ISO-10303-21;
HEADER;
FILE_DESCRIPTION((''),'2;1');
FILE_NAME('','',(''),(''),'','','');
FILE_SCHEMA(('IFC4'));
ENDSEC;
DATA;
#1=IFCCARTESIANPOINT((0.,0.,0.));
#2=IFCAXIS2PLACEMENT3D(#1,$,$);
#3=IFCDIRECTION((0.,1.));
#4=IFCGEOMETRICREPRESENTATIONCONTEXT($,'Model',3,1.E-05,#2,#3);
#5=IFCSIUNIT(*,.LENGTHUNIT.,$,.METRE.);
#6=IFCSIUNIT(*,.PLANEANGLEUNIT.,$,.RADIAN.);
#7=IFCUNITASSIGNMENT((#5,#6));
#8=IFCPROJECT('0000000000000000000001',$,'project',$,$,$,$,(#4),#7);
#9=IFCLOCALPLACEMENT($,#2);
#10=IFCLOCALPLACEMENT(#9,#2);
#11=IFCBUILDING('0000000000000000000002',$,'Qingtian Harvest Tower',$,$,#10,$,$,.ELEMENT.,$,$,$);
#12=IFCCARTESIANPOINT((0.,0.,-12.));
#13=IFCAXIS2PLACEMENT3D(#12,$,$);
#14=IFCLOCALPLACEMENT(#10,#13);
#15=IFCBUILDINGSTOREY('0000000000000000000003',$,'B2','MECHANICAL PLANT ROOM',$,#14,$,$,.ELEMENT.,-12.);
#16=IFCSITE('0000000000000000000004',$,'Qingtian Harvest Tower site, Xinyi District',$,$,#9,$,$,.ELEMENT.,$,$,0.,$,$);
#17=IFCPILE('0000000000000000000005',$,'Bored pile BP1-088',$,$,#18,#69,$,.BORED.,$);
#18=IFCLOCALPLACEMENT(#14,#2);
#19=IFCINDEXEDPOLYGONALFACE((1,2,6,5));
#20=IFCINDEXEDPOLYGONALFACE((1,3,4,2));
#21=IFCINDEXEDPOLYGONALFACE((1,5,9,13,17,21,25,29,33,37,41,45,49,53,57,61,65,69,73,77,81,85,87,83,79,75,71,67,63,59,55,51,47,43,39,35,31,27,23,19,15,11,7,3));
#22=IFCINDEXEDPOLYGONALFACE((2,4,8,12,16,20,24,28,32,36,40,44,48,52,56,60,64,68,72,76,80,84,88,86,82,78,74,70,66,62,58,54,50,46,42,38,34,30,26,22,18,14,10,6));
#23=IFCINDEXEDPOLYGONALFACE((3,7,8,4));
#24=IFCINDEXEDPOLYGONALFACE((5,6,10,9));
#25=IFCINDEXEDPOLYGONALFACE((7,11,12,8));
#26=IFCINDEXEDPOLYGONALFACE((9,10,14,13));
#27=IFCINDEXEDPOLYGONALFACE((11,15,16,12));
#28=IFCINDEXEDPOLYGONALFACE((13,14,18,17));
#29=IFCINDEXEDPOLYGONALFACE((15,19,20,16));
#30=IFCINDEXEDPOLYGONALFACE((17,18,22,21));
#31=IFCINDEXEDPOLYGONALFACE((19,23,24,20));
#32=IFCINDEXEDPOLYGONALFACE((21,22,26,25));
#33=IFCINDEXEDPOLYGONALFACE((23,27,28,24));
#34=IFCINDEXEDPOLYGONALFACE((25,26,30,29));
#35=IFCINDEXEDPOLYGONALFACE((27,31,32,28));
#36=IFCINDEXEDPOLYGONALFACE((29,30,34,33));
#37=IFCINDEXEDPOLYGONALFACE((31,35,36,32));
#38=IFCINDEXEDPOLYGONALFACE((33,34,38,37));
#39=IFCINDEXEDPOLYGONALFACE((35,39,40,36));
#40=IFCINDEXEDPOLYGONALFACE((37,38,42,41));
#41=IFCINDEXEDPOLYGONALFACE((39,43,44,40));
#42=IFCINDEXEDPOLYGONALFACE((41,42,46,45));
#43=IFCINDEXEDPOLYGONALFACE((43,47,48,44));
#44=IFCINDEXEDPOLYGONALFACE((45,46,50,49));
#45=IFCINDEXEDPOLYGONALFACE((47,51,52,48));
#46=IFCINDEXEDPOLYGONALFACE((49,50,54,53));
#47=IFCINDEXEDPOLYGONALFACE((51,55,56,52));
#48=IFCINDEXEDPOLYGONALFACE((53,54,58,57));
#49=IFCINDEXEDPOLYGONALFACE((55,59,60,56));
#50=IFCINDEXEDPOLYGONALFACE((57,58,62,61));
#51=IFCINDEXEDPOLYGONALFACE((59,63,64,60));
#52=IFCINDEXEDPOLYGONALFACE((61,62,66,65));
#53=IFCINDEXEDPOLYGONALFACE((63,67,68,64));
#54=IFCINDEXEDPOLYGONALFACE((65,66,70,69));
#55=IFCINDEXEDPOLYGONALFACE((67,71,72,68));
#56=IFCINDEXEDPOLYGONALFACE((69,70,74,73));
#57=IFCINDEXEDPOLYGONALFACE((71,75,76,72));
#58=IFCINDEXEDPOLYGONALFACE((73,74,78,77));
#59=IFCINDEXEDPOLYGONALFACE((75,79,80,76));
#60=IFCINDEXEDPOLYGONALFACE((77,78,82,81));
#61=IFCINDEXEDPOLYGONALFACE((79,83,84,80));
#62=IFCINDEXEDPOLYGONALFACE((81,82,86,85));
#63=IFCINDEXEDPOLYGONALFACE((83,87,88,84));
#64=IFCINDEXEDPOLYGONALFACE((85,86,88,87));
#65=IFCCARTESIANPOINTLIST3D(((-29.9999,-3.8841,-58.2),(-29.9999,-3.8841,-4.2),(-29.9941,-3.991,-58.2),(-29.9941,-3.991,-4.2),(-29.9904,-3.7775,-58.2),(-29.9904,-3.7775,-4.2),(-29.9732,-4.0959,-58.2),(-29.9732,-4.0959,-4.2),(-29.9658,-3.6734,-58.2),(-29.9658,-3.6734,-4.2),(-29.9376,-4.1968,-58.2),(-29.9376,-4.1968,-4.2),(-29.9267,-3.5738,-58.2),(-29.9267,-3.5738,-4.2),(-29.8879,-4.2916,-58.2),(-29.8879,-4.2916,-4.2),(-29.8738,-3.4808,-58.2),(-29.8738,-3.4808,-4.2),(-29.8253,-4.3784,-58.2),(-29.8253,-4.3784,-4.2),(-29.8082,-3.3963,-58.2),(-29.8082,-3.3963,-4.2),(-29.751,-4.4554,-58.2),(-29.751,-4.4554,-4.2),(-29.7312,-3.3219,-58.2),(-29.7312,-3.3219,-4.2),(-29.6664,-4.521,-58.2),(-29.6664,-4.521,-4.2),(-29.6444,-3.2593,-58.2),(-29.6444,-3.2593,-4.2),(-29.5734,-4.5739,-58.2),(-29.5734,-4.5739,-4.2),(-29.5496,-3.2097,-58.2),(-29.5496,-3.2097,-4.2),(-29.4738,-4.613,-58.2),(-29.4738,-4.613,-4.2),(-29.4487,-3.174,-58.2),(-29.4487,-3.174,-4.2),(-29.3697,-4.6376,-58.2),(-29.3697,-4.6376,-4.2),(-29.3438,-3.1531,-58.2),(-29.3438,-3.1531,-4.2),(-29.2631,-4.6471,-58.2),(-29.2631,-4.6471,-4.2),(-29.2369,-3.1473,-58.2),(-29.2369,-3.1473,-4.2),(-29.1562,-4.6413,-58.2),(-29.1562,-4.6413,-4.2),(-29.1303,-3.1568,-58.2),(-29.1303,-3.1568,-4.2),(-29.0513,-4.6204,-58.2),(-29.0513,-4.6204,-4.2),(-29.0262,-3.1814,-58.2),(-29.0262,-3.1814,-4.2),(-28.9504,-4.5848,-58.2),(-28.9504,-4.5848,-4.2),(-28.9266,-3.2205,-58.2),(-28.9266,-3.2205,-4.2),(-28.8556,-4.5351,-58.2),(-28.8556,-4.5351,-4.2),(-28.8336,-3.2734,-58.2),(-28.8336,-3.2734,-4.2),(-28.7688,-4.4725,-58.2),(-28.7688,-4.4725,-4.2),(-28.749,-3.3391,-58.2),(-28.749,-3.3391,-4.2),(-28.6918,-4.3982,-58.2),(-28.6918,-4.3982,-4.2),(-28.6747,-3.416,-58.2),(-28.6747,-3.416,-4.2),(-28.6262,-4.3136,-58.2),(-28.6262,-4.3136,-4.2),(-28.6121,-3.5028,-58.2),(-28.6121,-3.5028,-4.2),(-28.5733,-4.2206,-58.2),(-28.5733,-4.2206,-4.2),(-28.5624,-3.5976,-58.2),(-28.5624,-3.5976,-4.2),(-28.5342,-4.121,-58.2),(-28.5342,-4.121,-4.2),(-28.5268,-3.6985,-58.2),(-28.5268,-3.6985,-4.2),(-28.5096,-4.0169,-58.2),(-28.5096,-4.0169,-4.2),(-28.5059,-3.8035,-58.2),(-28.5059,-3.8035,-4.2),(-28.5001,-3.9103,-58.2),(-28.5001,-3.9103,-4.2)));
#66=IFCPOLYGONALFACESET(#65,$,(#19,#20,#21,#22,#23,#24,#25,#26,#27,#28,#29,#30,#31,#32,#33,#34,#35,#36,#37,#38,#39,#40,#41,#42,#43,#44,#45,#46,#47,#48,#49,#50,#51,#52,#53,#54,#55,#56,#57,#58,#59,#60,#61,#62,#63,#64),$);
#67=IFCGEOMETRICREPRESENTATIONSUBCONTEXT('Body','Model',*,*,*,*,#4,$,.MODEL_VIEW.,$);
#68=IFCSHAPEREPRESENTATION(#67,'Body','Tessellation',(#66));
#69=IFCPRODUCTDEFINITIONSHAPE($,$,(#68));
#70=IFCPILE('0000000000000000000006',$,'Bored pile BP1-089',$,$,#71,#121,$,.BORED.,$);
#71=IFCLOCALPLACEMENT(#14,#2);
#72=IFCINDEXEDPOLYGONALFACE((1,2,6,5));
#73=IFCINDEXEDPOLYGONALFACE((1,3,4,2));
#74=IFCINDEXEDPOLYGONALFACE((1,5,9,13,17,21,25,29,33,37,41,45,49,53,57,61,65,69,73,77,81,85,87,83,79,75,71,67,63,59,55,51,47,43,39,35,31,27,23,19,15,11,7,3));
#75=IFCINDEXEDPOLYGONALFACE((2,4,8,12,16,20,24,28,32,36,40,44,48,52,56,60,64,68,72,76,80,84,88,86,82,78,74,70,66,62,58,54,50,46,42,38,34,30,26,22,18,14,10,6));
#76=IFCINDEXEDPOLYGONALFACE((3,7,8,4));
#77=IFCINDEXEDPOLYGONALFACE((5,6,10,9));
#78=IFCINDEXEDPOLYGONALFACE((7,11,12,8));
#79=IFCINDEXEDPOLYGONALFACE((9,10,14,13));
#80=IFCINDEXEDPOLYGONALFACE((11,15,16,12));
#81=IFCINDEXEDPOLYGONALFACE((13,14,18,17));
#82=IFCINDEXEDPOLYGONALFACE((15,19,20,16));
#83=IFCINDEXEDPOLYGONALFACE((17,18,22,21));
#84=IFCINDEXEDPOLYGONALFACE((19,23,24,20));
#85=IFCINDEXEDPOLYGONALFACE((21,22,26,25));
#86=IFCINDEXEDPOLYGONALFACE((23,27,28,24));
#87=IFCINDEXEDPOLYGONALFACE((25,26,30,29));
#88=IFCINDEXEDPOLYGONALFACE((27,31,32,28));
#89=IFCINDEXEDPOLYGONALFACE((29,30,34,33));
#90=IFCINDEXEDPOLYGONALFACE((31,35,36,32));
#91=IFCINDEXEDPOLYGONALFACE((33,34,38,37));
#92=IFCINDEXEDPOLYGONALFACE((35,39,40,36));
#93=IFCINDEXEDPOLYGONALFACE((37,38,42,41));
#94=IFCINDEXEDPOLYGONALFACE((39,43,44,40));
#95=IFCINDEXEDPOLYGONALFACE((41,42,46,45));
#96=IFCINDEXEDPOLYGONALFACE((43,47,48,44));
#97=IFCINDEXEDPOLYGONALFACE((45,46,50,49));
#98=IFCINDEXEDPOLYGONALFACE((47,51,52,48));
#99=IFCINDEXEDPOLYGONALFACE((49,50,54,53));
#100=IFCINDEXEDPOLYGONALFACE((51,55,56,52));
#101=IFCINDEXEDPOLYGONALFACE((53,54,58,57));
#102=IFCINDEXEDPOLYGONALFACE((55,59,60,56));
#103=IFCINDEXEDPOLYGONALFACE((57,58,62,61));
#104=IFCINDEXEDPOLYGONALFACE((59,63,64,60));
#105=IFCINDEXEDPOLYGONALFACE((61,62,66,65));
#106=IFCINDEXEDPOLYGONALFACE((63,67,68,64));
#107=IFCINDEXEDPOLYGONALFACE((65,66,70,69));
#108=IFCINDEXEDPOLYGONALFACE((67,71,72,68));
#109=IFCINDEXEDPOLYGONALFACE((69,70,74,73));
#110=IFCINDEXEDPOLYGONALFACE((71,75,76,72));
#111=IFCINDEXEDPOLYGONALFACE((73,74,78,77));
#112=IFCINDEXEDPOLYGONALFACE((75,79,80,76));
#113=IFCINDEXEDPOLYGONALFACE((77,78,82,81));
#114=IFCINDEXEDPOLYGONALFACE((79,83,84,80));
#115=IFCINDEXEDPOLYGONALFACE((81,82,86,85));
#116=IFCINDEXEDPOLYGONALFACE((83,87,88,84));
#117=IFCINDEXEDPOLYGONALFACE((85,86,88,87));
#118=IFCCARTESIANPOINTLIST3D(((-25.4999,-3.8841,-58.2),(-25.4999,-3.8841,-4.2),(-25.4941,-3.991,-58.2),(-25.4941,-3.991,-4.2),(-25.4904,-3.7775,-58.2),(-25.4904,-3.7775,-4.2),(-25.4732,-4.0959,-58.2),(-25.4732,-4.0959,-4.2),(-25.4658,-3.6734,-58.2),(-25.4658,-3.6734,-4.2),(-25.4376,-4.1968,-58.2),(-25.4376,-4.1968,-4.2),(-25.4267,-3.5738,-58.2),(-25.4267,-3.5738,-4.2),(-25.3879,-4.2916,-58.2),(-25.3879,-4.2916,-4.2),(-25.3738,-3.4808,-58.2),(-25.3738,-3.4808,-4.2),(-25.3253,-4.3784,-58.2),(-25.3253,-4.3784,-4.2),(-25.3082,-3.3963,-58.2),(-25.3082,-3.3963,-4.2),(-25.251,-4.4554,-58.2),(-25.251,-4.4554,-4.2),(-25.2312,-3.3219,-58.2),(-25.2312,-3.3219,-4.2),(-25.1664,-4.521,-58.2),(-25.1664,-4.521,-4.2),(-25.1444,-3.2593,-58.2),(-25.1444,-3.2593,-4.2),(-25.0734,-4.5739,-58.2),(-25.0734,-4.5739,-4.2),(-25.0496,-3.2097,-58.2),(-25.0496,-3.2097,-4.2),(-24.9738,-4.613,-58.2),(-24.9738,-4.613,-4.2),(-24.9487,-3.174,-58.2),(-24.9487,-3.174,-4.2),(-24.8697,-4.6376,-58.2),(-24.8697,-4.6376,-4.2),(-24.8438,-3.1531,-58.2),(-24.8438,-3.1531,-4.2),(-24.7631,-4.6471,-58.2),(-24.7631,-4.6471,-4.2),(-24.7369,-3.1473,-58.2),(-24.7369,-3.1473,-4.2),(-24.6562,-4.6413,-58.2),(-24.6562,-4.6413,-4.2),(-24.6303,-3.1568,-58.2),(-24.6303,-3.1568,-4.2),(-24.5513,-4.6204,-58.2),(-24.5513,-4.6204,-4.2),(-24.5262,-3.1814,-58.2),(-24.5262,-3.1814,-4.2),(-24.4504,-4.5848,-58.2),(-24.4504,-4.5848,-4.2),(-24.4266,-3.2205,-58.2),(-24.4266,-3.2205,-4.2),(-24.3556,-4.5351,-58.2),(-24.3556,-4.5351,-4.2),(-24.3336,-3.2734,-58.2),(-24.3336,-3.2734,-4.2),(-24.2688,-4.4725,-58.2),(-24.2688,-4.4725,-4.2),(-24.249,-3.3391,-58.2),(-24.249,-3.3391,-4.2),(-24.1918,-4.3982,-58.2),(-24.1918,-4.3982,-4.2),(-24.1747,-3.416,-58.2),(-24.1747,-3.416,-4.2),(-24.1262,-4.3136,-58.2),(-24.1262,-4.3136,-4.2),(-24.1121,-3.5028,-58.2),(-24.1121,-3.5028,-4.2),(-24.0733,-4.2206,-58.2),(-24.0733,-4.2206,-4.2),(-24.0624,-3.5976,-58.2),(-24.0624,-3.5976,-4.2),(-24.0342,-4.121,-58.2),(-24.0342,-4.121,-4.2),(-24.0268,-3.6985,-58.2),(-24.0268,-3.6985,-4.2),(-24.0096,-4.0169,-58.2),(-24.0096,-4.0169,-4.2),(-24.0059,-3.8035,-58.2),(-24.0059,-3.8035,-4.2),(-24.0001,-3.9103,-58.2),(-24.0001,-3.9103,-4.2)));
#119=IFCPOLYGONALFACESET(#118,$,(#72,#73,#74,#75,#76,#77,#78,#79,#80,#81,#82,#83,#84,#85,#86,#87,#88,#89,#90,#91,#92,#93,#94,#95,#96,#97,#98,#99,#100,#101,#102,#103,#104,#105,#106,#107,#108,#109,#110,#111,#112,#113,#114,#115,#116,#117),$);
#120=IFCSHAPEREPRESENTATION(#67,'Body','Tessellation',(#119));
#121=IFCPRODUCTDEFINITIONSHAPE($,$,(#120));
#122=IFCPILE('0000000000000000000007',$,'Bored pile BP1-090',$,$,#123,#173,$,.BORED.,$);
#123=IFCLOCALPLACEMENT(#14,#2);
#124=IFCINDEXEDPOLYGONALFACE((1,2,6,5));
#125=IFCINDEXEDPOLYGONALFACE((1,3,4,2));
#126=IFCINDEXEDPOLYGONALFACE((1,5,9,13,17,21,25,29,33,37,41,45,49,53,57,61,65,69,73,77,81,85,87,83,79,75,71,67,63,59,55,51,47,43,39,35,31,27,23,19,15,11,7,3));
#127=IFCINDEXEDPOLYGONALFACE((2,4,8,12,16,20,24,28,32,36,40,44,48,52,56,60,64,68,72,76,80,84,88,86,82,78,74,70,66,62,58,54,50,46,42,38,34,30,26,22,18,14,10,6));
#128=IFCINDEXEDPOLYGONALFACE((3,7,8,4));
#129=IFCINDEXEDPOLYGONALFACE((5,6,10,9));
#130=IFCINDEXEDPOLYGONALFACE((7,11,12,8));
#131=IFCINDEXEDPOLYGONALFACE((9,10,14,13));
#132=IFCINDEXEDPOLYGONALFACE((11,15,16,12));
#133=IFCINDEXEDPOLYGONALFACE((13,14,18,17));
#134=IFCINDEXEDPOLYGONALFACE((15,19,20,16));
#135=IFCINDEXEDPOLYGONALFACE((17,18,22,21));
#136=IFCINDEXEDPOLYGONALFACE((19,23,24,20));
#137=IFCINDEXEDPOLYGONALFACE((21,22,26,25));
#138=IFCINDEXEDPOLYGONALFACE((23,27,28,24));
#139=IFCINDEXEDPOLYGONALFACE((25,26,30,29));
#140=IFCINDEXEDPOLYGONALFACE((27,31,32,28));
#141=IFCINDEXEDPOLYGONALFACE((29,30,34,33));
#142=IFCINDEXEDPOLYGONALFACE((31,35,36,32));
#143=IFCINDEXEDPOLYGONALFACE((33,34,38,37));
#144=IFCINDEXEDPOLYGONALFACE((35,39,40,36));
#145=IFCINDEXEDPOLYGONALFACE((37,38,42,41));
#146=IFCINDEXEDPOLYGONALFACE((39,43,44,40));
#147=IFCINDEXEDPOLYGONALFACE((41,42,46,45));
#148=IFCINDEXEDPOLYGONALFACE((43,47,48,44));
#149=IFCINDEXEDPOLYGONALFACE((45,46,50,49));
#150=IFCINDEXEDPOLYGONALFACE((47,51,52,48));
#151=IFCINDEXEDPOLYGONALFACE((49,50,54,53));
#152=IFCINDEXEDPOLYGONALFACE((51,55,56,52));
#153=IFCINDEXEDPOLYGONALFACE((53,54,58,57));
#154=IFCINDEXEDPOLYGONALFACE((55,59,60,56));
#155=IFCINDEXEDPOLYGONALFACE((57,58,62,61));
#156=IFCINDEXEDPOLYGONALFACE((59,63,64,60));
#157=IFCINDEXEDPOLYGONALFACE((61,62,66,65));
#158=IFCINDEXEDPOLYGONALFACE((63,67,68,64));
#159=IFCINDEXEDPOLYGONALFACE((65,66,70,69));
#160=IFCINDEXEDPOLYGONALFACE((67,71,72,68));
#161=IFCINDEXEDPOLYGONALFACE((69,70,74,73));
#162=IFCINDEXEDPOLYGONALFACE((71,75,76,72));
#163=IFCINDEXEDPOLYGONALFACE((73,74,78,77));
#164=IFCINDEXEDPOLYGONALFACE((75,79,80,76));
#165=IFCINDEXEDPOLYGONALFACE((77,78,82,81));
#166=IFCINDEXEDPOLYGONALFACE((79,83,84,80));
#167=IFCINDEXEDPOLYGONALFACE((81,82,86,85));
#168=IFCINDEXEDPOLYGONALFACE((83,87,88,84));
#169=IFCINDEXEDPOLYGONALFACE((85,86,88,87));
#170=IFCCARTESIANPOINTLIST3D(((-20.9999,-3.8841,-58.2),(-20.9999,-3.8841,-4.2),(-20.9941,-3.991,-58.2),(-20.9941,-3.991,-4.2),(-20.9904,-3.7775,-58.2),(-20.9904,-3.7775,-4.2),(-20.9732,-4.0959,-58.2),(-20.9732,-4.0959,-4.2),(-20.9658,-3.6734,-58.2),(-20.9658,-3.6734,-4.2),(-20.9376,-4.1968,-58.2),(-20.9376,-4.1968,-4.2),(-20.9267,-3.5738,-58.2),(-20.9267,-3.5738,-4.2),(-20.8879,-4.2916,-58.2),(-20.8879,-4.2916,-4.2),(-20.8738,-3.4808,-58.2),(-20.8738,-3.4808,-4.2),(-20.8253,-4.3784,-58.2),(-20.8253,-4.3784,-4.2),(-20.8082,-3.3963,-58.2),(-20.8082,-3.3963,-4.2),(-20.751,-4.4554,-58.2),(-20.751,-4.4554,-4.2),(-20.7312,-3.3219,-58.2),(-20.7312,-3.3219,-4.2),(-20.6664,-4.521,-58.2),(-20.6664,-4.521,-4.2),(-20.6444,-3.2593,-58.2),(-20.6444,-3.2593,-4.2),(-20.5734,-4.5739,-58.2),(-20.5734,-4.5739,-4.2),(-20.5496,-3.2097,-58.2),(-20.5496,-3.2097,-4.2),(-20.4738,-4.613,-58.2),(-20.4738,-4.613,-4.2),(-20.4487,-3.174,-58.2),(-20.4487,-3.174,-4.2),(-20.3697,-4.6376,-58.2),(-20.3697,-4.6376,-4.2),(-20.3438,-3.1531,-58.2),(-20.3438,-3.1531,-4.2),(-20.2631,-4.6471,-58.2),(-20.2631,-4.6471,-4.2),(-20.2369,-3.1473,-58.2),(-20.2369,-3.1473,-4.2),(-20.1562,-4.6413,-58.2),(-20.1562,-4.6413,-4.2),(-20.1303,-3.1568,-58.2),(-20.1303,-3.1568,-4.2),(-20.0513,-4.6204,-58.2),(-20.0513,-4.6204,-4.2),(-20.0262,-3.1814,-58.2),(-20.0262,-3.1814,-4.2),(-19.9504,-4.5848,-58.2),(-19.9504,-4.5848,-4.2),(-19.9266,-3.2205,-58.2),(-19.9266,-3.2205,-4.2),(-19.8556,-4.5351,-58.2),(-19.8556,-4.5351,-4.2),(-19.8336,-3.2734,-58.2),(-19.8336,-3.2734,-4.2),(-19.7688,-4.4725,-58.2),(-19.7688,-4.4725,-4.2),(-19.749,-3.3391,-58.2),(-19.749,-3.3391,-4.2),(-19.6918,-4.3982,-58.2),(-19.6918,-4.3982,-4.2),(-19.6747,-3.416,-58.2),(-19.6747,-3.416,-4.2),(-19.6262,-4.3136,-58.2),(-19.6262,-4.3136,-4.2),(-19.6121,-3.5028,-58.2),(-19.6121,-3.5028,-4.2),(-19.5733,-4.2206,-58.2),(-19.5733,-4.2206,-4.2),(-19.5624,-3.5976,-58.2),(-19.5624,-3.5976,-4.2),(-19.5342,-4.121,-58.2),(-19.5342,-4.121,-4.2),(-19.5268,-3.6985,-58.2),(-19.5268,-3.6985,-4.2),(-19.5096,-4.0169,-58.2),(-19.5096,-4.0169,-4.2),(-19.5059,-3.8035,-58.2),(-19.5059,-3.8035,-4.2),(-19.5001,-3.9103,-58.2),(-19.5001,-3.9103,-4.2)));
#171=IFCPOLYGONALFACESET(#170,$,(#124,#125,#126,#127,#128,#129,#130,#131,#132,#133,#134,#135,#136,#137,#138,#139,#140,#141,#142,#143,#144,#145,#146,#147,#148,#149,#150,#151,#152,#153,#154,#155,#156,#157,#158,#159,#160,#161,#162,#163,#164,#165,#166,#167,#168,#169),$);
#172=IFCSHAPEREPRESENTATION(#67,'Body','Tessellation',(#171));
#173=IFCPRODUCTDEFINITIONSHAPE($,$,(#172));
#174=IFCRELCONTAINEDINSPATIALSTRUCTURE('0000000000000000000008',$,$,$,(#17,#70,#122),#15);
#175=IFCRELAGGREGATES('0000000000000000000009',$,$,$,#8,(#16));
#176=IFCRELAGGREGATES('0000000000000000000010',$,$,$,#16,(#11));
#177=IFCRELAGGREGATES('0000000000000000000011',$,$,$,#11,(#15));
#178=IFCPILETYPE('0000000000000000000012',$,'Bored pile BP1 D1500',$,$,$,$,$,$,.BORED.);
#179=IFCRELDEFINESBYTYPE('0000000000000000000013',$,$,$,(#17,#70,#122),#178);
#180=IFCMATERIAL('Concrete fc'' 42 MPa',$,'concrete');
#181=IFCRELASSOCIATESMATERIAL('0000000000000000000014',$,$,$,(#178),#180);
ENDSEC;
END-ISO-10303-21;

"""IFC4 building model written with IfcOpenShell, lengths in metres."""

from ifc_helpers import new_model, si_unit, direction, frame, frame_2d, origin, place, context, subcontext, project, spatial, circle, extrude, material, material_profile, profile_set, type_object, element, save


model = new_model("IFC4")

# Units and contexts
model_context = context("Model", 3, precision=1e-05, world=origin(), true_north=direction((0.0, 1.0)))
body_context = subcontext(model_context, "Body", "Model", "MODEL_VIEW")
ifc_project = project(units=[si_unit("LENGTHUNIT", "METRE"), si_unit("PLANEANGLEUNIT", "RADIAN")], contexts=[model_context])

# Site, building, storey
site_placement = place(None, origin())
site = spatial("IfcSite", under=ifc_project, at=site_placement, Name="Qingtian Harvest Tower site, Xinyi District", CompositionType="ELEMENT", RefElevation=0.0)
building_placement = place(site_placement, origin())
building = spatial("IfcBuilding", under=site, at=building_placement, Name="Qingtian Harvest Tower", CompositionType="ELEMENT")
storey_placement = place(building_placement, frame((0.0, 0.0, -12.0)))
storey = spatial("IfcBuildingStorey", under=building, at=storey_placement, Name="B2", Description="MECHANICAL PLANT ROOM", CompositionType="ELEMENT", Elevation=-12.0)

# Piles
ifc_material_1 = material(Name="Concrete fc' 42 MPa", Category="concrete")
ifc_material_profile_1 = material_profile(ifc_material_1, circle(Radius=0.75, at=frame_2d((0.0, 0.0), x_axis=(0.999848, 0.017452))), Name="Bored pile BP1 D1500")
ifc_profile_set_1 = profile_set([ifc_material_profile_1], Name="Concrete fc' 42 MPa")
pile_type = type_object("IfcPileType", Name="Bored pile BP1 D1500", PredefinedType="BORED", material=ifc_profile_set_1)
for number, where, z_axis, x_axis, name in (
    (1, (-29.25, -3.8972, -4.2), (0.0, 0.0, -1.0), (1.0, 0.0, 0.0), "Bored pile BP1-088"),
    (2, (-24.75, -3.8972, -4.2), (0.0, 0.0, -1.0), (1.0, 0.0, 0.0), "Bored pile BP1-089"),
    (3, (-20.25, -3.8972, -4.2), (0.0, 0.0, -1.0), (1.0, 0.0, 0.0), "Bored pile BP1-090"),
):
    element("IfcPile", number, at=place(storey_placement, frame(where, z_axis=z_axis, x_axis=x_axis)), inside=storey, type_object=pile_type, Name=name, PredefinedType="BORED", context=body_context, shape_type="SweptSolid", body=[
        extrude(circle(Radius=0.75, at=frame_2d((0.0, 0.0), x_axis=(0.999848, 0.017452))), origin(), (0.0, 0.0, 1.0), 54.0),
    ])

save(model, "model.ifc")
